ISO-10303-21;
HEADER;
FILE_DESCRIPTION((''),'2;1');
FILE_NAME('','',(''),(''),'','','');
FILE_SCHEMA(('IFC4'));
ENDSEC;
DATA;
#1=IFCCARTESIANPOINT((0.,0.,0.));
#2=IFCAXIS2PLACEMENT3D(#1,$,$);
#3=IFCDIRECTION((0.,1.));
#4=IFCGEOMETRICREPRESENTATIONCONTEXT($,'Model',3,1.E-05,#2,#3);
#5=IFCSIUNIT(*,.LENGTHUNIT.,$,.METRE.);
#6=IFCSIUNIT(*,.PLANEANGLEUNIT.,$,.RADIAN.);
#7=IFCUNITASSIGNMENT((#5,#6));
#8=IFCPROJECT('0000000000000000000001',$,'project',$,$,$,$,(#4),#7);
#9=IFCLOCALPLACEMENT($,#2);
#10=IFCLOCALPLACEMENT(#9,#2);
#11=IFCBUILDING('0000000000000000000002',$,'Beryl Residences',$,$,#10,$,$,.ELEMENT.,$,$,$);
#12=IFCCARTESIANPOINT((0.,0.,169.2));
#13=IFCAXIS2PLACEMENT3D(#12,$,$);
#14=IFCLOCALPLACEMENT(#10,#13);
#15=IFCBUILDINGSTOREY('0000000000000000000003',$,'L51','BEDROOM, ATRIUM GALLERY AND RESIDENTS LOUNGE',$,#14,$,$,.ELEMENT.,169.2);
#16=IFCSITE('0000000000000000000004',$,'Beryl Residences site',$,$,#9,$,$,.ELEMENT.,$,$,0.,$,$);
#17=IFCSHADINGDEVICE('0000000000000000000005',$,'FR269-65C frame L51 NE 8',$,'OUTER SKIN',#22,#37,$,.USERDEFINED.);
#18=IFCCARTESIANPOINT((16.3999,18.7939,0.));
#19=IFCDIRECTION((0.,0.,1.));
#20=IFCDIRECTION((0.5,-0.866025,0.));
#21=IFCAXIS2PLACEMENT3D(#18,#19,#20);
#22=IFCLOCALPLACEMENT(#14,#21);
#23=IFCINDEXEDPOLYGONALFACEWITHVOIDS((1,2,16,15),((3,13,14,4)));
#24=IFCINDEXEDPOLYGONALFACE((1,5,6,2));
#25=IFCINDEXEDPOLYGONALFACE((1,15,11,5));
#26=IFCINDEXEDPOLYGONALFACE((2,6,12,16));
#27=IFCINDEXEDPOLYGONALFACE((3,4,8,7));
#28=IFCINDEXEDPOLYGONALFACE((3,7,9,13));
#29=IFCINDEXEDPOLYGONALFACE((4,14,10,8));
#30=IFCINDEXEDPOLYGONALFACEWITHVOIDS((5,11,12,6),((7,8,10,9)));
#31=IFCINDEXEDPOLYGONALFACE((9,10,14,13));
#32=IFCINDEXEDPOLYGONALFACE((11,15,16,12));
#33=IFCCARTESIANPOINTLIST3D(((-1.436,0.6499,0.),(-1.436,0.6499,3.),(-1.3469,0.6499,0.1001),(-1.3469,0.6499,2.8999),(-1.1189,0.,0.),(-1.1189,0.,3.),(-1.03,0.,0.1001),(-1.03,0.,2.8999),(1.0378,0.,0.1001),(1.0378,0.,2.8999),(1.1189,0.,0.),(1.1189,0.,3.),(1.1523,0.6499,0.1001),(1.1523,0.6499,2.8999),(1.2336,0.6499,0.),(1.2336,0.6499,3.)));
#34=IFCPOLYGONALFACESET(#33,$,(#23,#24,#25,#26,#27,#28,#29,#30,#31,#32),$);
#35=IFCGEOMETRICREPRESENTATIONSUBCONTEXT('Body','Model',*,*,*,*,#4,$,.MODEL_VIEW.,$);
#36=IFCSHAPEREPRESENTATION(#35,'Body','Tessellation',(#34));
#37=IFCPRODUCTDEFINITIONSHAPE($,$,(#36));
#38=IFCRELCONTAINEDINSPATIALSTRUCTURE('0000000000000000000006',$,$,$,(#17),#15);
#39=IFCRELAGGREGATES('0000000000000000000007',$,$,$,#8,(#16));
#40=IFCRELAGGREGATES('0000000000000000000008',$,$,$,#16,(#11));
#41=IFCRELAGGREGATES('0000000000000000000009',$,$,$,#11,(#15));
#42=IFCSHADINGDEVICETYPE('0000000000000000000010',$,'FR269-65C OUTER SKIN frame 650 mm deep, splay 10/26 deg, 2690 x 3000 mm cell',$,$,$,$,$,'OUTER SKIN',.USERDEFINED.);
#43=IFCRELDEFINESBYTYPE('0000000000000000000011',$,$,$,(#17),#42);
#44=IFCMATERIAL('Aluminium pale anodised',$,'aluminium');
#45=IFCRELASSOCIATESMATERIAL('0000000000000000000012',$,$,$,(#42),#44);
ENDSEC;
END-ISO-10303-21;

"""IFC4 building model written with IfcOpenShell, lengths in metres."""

from ifc_helpers import new_model, entity, si_unit, direction, frame, origin, place, context, subcontext, project, spatial, source, transform, mapped, material, type_object, type_shapes, element, save


model = new_model("IFC4")

# Units and contexts
model_context = context("Model", 3, precision=1e-05, world=origin(), true_north=direction((0.0, 1.0)))
body_context = subcontext(model_context, "Body", "Model", "MODEL_VIEW")
ifc_project = project(units=[si_unit("LENGTHUNIT", "METRE"), si_unit("PLANEANGLEUNIT", "RADIAN")], contexts=[model_context])

# Site, building, storey
site_placement = place(None, origin())
site = spatial("IfcSite", under=ifc_project, at=site_placement, Name="Beryl Residences site", CompositionType="ELEMENT", RefElevation=0.0)
building_placement = place(site_placement, origin())
building = spatial("IfcBuilding", under=site, at=building_placement, Name="Beryl Residences", CompositionType="ELEMENT")
storey_placement = place(building_placement, frame((0.0, 0.0, 169.2)))
storey = spatial("IfcBuildingStorey", under=building, at=storey_placement, Name="L51", Description="BEDROOM, ATRIUM GALLERY AND RESIDENTS LOUNGE", CompositionType="ELEMENT", Elevation=169.2)

# Shading device
ifc_material_1 = material(Name="Aluminium pale anodised", Category="aluminium")
shading_device_type_1 = type_object("IfcShadingDeviceType", Name="FR269-65C OUTER SKIN frame 650 mm deep, splay 10/26 deg, 2690 x 3000 mm cell", ElementType="OUTER SKIN", PredefinedType="USERDEFINED", material=ifc_material_1)
cartesian_point_1 = entity("IfcCartesianPoint", [-1.1189, 0.0])
cartesian_point_2 = entity("IfcCartesianPoint", [-1.0378, 0.1001])
cartesian_point_3 = entity("IfcCartesianPoint", [-1.2336, 0.0])
cartesian_point_4 = entity("IfcCartesianPoint", [-1.1523, 0.1001])
shared_shape_1 = source(origin(), body_context, "Body", "SweptSolid", [
    entity("IfcExtrudedAreaSolidTapered", entity("IfcArbitraryProfileDefWithVoids", "AREA", None, entity("IfcPolyline", [cartesian_point_1, entity("IfcCartesianPoint", [1.1189, 0.0]), entity("IfcCartesianPoint", [1.1189, 3.0]), entity("IfcCartesianPoint", [-1.1189, 3.0]), cartesian_point_1]), [entity("IfcPolyline", [cartesian_point_2, entity("IfcCartesianPoint", [1.03, 0.1001]), entity("IfcCartesianPoint", [1.03, 2.8999]), entity("IfcCartesianPoint", [-1.0378, 2.8999]), cartesian_point_2])]), entity("IfcAxis2Placement3D", entity("IfcCartesianPoint", [0.0, 0.0, 0.0]), entity("IfcDirection", [0.0, 1.0, 0.0]), entity("IfcDirection", [-1.0, 0.0, 0.0])), entity("IfcDirection", [0.0, 0.0, 1.0]), 0.6499, entity("IfcArbitraryProfileDefWithVoids", "AREA", None, entity("IfcPolyline", [cartesian_point_3, entity("IfcCartesianPoint", [1.436, 0.0]), entity("IfcCartesianPoint", [1.436, 3.0]), entity("IfcCartesianPoint", [-1.2336, 3.0]), cartesian_point_3]), [entity("IfcPolyline", [cartesian_point_4, entity("IfcCartesianPoint", [1.3469, 0.1001]), entity("IfcCartesianPoint", [1.3469, 2.8999]), entity("IfcCartesianPoint", [-1.1523, 2.8999]), cartesian_point_4])])),
])
type_shapes(shading_device_type_1, [shared_shape_1])
for number, where, z_axis, x_axis, name in (
    (1, (16.3999, 18.7939, 0.0), (0.0, 0.0, 1.0), (0.5, -0.866025, 0.0), "FR269-65C frame L51 NE 8"),
):
    element("IfcShadingDevice", number, at=place(storey_placement, frame(where, z_axis=z_axis, x_axis=x_axis)), inside=storey, type_object=shading_device_type_1, Name=name, ObjectType="OUTER SKIN", PredefinedType="USERDEFINED", context=body_context, shape_type="MappedRepresentation", body=[
        mapped(shared_shape_1, transform((0.0, 0.0, 0.0))),
    ])

save(model, "model.ifc")
